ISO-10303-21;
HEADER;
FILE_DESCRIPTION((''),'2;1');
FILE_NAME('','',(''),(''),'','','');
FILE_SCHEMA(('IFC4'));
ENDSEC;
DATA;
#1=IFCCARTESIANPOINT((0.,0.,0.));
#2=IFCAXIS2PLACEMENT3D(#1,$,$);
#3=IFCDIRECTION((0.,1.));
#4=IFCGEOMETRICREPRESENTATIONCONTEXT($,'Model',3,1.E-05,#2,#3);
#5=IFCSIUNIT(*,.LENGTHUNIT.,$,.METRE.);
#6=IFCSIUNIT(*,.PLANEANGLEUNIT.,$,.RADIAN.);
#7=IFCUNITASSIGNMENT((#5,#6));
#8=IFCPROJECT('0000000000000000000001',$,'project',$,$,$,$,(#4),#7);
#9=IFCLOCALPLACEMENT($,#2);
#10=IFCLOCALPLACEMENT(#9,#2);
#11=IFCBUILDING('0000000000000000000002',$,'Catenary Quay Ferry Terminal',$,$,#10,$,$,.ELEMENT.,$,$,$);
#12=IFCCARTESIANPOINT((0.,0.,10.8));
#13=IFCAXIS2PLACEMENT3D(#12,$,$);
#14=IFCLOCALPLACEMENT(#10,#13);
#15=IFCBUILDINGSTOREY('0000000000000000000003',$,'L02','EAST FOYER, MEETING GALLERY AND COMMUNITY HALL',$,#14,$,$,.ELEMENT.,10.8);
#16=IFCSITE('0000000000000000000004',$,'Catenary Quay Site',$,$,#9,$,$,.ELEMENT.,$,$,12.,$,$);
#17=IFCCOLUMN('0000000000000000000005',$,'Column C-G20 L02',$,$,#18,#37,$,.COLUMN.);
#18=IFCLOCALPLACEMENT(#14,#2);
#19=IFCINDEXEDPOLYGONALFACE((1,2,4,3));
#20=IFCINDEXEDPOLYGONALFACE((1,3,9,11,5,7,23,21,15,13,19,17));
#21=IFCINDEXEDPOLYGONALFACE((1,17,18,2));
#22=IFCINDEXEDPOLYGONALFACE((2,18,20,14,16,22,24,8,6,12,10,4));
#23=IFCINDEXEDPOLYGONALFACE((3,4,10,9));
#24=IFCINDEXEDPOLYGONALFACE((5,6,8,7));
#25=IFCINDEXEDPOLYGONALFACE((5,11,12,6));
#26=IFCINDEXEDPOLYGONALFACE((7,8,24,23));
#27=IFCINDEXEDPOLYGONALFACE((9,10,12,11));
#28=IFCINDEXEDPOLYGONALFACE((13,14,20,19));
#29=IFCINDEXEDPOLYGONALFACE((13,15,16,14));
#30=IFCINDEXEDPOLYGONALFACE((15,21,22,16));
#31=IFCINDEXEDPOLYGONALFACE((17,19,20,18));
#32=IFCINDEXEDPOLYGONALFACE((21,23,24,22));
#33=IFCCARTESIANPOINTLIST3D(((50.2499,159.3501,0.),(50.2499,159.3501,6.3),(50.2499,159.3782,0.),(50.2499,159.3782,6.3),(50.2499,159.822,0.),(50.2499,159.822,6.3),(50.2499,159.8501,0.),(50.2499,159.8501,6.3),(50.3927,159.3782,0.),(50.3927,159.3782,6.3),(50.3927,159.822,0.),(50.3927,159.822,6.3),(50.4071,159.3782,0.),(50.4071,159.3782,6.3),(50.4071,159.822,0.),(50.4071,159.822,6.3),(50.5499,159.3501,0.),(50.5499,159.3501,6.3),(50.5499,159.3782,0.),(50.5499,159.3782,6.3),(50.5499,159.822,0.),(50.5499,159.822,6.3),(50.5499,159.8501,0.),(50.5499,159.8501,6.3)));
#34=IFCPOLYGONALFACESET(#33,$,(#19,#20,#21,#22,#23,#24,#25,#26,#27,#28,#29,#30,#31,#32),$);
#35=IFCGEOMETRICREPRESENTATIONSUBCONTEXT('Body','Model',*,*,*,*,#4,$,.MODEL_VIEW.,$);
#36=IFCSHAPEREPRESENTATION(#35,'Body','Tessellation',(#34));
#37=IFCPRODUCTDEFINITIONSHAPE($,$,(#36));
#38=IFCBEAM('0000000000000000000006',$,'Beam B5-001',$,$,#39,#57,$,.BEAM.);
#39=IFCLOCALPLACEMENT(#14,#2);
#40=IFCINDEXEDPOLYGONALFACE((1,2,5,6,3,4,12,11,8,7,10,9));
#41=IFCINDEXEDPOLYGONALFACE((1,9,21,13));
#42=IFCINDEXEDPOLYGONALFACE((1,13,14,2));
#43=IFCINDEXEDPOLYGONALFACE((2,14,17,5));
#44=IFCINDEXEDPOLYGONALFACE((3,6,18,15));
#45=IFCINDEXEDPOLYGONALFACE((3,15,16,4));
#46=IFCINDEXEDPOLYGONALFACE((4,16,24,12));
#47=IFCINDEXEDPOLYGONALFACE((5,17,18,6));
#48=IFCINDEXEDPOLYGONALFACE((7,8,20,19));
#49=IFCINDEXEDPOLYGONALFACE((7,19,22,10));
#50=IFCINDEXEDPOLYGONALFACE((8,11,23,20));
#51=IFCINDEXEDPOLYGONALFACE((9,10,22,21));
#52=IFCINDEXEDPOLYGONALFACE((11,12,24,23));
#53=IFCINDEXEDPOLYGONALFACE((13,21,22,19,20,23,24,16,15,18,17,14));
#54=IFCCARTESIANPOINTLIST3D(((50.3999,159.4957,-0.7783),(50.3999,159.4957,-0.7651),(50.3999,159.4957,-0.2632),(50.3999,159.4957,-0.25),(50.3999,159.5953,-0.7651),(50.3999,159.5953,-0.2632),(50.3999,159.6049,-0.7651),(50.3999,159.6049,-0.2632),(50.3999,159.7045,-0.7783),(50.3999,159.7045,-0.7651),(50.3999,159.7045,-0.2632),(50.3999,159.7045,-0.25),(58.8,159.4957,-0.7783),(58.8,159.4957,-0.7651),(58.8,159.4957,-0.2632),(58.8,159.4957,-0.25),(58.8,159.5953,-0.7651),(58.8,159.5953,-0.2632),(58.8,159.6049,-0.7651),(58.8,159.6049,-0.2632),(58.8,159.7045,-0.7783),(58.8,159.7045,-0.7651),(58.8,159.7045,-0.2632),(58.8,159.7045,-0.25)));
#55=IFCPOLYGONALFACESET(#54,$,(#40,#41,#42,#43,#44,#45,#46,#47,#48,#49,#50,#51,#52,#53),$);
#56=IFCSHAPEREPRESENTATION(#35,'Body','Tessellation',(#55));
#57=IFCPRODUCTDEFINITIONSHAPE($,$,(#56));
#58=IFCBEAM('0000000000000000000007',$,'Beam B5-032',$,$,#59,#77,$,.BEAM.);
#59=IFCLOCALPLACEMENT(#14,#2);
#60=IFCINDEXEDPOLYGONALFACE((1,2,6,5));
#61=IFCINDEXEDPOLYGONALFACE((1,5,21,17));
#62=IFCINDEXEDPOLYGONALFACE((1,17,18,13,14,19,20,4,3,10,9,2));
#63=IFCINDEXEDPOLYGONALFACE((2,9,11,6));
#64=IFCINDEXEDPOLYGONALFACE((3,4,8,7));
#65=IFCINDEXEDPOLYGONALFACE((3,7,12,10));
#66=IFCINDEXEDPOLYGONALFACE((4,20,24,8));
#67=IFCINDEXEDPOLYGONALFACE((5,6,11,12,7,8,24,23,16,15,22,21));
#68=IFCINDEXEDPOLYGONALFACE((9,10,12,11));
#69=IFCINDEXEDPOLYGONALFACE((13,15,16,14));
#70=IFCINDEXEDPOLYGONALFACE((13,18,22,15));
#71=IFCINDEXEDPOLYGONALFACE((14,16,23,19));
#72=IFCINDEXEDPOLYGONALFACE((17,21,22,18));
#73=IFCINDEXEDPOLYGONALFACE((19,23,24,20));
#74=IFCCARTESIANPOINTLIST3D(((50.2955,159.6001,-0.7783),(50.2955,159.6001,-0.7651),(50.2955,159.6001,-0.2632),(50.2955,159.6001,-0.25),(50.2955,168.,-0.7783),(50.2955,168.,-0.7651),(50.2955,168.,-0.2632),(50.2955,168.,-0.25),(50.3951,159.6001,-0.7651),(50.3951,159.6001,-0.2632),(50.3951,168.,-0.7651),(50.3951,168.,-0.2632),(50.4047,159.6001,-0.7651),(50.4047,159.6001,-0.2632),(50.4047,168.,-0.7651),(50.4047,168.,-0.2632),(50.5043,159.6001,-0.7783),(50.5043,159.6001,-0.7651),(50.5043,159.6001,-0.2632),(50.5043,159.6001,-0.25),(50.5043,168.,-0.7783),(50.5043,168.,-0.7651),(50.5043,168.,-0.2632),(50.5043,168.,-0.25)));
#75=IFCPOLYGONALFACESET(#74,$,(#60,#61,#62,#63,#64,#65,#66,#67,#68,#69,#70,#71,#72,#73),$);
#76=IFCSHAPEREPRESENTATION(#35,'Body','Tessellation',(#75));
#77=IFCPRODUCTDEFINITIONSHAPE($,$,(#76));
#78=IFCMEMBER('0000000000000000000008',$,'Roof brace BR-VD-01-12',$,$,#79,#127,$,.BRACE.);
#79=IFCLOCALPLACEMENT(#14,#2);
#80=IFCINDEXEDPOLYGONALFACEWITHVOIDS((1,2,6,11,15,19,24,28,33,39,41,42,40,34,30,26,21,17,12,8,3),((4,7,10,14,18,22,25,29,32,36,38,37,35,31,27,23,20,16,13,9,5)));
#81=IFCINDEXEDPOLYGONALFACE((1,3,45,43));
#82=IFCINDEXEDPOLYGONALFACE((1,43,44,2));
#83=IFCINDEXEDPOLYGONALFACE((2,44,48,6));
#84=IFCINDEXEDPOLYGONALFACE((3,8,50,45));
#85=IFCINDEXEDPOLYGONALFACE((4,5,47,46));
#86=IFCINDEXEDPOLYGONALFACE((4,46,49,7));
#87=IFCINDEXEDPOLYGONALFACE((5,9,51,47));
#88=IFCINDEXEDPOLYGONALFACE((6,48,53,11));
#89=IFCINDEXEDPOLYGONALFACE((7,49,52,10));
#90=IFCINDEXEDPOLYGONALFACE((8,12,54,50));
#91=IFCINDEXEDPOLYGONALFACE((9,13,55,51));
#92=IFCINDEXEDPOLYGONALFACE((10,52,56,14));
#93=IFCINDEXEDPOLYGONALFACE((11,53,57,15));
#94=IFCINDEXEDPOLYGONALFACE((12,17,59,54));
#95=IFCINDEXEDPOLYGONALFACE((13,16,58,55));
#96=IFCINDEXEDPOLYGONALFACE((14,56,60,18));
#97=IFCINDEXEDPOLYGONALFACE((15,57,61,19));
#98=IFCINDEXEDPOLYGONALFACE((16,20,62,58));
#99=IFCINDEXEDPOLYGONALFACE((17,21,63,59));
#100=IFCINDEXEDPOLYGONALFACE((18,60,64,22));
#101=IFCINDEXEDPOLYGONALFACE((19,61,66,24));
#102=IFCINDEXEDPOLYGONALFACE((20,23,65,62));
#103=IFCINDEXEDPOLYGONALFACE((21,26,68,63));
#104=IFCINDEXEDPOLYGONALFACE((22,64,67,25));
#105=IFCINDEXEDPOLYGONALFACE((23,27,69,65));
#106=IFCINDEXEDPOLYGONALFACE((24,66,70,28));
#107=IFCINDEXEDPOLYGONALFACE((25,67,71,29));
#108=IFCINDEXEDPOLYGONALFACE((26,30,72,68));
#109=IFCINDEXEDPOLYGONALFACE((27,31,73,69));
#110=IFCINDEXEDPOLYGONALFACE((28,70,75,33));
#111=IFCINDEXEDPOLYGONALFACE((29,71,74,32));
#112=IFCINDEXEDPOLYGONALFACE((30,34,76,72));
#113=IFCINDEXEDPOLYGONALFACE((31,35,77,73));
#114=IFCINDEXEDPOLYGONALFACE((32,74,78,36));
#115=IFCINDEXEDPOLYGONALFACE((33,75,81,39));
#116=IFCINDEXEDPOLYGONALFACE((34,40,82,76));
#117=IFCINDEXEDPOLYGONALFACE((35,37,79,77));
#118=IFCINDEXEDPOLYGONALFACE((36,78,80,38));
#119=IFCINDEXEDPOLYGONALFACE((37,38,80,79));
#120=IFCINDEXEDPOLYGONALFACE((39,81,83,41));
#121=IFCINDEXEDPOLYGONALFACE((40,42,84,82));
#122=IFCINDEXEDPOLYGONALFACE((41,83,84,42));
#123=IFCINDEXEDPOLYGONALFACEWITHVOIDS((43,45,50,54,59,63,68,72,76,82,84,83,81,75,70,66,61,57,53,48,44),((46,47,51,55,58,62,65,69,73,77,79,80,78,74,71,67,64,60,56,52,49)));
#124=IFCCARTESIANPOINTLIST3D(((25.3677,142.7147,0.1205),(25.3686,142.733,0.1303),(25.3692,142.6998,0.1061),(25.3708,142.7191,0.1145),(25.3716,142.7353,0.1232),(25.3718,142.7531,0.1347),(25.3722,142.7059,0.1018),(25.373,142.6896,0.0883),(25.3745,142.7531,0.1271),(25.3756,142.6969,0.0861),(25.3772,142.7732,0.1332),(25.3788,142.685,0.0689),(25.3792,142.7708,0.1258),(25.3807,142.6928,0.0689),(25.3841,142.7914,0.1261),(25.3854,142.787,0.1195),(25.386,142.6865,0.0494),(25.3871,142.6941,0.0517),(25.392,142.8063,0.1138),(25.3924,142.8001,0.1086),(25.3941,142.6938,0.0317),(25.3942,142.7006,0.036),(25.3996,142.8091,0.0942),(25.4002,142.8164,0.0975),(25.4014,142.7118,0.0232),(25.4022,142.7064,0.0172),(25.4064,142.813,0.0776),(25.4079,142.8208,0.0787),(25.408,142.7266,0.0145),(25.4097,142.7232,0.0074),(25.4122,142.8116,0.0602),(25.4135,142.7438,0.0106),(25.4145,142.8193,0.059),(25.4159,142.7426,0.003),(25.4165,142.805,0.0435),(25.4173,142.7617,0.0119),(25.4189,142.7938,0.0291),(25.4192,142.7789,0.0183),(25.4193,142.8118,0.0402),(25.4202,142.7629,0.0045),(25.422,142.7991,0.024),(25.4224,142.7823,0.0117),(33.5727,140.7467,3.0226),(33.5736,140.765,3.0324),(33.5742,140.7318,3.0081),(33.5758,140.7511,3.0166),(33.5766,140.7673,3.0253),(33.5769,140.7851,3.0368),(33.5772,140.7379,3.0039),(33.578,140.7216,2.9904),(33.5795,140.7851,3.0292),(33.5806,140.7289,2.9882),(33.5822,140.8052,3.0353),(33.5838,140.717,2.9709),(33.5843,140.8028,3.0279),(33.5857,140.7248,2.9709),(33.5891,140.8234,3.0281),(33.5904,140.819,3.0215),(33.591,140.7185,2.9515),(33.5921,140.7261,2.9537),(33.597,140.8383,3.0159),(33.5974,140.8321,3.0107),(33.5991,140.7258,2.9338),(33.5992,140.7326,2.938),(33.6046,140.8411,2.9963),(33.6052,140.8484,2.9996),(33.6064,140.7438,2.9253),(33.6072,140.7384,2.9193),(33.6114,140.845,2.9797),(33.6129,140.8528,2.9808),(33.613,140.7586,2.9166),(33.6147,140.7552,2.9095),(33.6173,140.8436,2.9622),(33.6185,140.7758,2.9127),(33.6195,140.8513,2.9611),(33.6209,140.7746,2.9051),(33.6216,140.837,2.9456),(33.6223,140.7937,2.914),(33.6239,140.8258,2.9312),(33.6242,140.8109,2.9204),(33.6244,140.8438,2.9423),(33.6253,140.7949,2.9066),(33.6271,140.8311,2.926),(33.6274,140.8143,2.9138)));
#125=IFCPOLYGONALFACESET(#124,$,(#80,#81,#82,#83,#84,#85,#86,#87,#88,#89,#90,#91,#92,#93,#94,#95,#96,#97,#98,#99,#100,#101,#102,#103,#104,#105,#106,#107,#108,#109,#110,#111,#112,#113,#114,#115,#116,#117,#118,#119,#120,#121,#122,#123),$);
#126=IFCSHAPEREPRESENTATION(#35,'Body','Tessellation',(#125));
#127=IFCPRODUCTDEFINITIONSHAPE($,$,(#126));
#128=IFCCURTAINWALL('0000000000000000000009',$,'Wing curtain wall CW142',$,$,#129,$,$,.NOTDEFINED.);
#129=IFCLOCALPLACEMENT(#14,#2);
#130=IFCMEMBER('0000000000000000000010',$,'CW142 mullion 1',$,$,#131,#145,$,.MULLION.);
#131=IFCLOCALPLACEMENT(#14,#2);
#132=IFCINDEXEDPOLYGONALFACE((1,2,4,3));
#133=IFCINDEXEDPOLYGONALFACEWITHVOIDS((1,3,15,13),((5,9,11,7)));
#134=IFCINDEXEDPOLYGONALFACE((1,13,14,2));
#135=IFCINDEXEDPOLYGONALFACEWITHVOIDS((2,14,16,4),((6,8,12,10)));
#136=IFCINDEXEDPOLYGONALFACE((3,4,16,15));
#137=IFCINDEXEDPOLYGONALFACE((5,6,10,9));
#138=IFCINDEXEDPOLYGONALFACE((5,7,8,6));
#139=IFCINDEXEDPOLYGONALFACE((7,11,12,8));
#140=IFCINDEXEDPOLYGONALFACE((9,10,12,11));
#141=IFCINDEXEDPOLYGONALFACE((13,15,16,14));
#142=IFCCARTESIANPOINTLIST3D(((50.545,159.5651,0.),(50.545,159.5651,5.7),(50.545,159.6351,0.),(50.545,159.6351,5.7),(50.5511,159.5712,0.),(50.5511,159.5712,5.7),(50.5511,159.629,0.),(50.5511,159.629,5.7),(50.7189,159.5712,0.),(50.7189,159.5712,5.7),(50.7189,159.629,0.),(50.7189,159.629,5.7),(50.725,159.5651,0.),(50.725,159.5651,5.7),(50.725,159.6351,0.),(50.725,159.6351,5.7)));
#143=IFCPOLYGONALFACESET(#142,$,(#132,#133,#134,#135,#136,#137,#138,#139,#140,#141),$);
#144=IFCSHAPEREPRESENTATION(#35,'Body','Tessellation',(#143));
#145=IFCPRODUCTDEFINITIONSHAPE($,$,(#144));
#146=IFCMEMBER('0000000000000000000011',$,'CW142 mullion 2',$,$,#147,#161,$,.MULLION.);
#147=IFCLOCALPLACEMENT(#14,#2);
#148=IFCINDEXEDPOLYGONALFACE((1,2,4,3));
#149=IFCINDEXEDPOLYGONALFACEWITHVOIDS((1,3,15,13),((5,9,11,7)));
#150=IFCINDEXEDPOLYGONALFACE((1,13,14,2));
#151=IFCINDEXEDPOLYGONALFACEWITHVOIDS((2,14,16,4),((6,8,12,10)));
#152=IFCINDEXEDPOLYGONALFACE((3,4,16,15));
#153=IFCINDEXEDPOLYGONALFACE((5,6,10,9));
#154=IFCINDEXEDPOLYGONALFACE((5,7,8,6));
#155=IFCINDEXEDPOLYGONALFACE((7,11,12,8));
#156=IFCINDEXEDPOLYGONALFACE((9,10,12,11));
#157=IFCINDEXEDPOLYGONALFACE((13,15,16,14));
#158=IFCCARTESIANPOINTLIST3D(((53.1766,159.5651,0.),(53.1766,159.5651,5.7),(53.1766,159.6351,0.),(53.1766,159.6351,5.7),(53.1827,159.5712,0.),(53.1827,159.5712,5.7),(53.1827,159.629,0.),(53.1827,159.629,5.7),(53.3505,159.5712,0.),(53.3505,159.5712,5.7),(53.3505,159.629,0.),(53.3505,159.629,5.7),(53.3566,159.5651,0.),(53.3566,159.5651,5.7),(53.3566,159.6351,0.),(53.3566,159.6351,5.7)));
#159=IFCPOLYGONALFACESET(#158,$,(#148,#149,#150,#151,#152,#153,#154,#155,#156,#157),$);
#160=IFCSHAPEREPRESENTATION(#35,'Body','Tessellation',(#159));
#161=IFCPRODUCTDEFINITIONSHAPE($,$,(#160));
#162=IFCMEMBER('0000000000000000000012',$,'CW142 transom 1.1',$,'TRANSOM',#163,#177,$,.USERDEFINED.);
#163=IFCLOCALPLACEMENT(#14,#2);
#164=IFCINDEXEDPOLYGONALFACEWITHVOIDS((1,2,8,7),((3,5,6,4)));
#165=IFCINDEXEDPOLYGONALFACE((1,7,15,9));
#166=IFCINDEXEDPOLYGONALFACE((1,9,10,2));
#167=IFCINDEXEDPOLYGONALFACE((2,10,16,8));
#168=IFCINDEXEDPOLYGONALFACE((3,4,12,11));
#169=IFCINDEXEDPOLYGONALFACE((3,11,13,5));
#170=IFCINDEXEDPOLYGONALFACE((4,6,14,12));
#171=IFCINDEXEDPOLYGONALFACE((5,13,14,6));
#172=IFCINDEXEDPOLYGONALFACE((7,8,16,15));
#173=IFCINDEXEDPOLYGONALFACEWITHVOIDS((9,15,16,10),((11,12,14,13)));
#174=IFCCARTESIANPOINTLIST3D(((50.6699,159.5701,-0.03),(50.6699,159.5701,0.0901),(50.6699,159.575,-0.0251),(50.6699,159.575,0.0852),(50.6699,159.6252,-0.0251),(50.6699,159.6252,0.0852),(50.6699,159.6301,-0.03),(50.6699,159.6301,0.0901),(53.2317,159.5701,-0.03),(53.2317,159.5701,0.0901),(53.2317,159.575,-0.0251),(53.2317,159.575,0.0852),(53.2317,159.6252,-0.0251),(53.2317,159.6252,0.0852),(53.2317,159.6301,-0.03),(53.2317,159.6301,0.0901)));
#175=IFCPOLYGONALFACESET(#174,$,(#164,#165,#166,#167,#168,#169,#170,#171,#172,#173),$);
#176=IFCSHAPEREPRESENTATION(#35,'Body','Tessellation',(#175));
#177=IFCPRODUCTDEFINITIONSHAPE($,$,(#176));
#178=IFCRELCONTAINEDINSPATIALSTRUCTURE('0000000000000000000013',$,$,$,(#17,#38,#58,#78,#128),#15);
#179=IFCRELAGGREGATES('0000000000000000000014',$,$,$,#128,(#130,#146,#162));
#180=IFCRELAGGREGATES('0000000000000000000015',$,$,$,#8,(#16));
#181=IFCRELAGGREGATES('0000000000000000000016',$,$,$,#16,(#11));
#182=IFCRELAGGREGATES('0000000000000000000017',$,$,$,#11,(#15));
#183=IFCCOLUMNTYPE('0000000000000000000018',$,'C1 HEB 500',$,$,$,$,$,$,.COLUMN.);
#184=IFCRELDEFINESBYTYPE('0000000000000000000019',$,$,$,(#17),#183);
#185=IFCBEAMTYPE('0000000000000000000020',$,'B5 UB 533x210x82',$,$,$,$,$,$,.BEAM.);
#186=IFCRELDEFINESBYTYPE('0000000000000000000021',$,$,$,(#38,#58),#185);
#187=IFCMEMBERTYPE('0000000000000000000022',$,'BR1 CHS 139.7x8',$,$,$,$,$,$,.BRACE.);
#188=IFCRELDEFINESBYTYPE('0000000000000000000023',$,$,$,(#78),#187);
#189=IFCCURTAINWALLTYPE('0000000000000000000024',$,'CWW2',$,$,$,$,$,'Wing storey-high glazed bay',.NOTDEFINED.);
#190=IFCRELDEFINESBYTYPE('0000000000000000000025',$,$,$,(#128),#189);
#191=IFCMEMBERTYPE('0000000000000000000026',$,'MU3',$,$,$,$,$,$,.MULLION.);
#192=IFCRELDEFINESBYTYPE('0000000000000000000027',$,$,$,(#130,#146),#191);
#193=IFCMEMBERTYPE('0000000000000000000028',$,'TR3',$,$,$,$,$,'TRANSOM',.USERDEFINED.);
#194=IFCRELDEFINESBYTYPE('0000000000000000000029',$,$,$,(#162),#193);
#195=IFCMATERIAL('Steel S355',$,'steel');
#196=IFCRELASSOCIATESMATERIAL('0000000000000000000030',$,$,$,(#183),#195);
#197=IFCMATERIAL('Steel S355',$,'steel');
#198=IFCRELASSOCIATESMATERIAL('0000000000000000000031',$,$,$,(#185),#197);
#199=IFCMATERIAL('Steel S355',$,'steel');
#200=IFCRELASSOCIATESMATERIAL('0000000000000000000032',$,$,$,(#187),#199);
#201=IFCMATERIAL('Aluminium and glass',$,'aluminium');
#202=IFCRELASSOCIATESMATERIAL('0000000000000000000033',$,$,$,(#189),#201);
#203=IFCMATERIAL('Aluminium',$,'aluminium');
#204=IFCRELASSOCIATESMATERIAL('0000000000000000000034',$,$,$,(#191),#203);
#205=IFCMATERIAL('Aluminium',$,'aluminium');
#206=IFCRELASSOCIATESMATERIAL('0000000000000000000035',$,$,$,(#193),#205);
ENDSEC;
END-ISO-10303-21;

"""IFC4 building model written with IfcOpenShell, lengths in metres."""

from ifc_helpers import new_model, si_unit, direction, frame, origin, origin_2d, place, context, subcontext, project, spatial, hollow_rectangle, hollow_circle, i_section, extrude, material, material_profile, profile_set, type_object, element, aggregate, save


model = new_model("IFC4")

# Units and contexts
model_context = context("Model", 3, precision=1e-05, world=origin(), true_north=direction((0.0, 1.0)))
body_context = subcontext(model_context, "Body", "Model", "MODEL_VIEW")
ifc_project = project(units=[si_unit("LENGTHUNIT", "METRE"), si_unit("PLANEANGLEUNIT", "RADIAN")], contexts=[model_context])

# Site, building, storey
site_placement = place(None, origin())
site = spatial("IfcSite", under=ifc_project, at=site_placement, Name="Catenary Quay Site", CompositionType="ELEMENT", RefElevation=12.0)
building_placement = place(site_placement, origin())
building = spatial("IfcBuilding", under=site, at=building_placement, Name="Catenary Quay Ferry Terminal", CompositionType="ELEMENT")
storey_placement = place(building_placement, frame((0.0, 0.0, 10.8)))
storey = spatial("IfcBuildingStorey", under=building, at=storey_placement, Name="L02", Description="EAST FOYER, MEETING GALLERY AND COMMUNITY HALL", CompositionType="ELEMENT", Elevation=10.8)

# Column
ifc_material_1 = material(Name="Steel S355", Category="steel")
ifc_material_profile_1 = material_profile(ifc_material_1, i_section(OverallWidth=0.3, OverallDepth=0.5, WebThickness=0.0144, FlangeThickness=0.0281, at=origin_2d()), Name="HEB 500")
ifc_profile_set_1 = profile_set([ifc_material_profile_1], Name="Steel S355")
column_type = type_object("IfcColumnType", Name="C1 HEB 500", PredefinedType="COLUMN", material=ifc_profile_set_1)
column_placement = place(storey_placement, frame((50.3999, 159.6001, 0.0), z_axis=(0.0, 0.0, 1.0), x_axis=(1.0, 0.0, 0.0)))
element("IfcColumn", 1, at=column_placement, inside=storey, type_object=column_type, Name="Column C-G20 L02", PredefinedType="COLUMN", context=body_context, shape_type="SweptSolid", body=[
    extrude(i_section(OverallWidth=0.3, OverallDepth=0.5, WebThickness=0.0144, FlangeThickness=0.0281, at=origin_2d()), origin(), (0.0, 0.0, 1.0), 6.3),
])

# Beams
ifc_material_2 = material(Name="Steel S355", Category="steel")
ifc_material_profile_2 = material_profile(ifc_material_2, i_section(OverallWidth=0.2087, OverallDepth=0.5283, WebThickness=0.0095, FlangeThickness=0.0132, at=origin_2d()), Name="UB 533x210x82")
ifc_profile_set_2 = profile_set([ifc_material_profile_2], Name="Steel S355")
beam_type = type_object("IfcBeamType", Name="B5 UB 533x210x82", PredefinedType="BEAM", material=ifc_profile_set_2)
beam_1_placement = place(storey_placement, frame((50.3999, 159.6001, -0.5142), z_axis=(1.0, 0.0, 0.0), x_axis=(0.0, 1.0, 0.0)))
element("IfcBeam", 2, at=beam_1_placement, inside=storey, type_object=beam_type, Name="Beam B5-001", PredefinedType="BEAM", context=body_context, shape_type="SweptSolid", body=[
    extrude(i_section(OverallWidth=0.2087, OverallDepth=0.5283, WebThickness=0.0095, FlangeThickness=0.0132, at=origin_2d()), origin(), (0.0, 0.0, 1.0), 8.4001),
])
beam_2_placement = place(storey_placement, frame((50.3999, 159.6001, -0.5142), z_axis=(0.0, 1.0, 0.0), x_axis=(-1.0, 0.0, 0.0)))
element("IfcBeam", 3, at=beam_2_placement, inside=storey, type_object=beam_type, Name="Beam B5-032", PredefinedType="BEAM", context=body_context, shape_type="SweptSolid", body=[
    extrude(i_section(OverallWidth=0.2087, OverallDepth=0.5283, WebThickness=0.0095, FlangeThickness=0.0132, at=origin_2d()), origin(), (0.0, 0.0, 1.0), 8.3999),
])

# Member
ifc_material_3 = material(Name="Steel S355", Category="steel")
ifc_material_profile_3 = material_profile(ifc_material_3, hollow_circle(Radius=0.0698, WallThickness=0.0081, at=origin_2d()), Name="CHS 139.7x8")
ifc_profile_set_3 = profile_set([ifc_material_profile_3], Name="Steel S355")
member_type_1 = type_object("IfcMemberType", Name="BR1 CHS 139.7x8", PredefinedType="BRACE", material=ifc_profile_set_3)
member_1_placement = place(storey_placement, frame((33.6001, 140.7849, 2.9709), z_axis=(-0.91955, 0.220557, -0.325241), x_axis=(-0.233238, -0.97242, 0.0)))
element("IfcMember", 4, at=member_1_placement, inside=storey, type_object=member_type_1, Name="Roof brace BR-VD-01-12", PredefinedType="BRACE", context=body_context, shape_type="SweptSolid", body=[
    extrude(hollow_circle(Radius=0.0698, WallThickness=0.0081, at=origin_2d()), origin(), (0.0, 0.0, 1.0), 8.9229),
])

# Curtain wall, members
ifc_material_4 = material(Name="Aluminium and glass", Category="aluminium")
curtain_wall_type = type_object("IfcCurtainWallType", Name="CWW2", ElementType="Wing storey-high glazed bay", PredefinedType="NOTDEFINED", material=ifc_material_4)
curtain_wall_placement = place(storey_placement, origin())
curtain_wall = element("IfcCurtainWall", 5, at=curtain_wall_placement, inside=storey, type_object=curtain_wall_type, Name="Wing curtain wall CW142", PredefinedType="NOTDEFINED")
ifc_material_5 = material(Name="Aluminium", Category="aluminium")
ifc_material_profile_4 = material_profile(ifc_material_5, hollow_rectangle(XDim=0.0701, YDim=0.1799, WallThickness=0.0061, at=origin_2d()), Name="MU3")
ifc_profile_set_4 = profile_set([ifc_material_profile_4], Name="Aluminium")
member_type_2 = type_object("IfcMemberType", Name="MU3", PredefinedType="MULLION", material=ifc_profile_set_4)
member_2_placement = place(storey_placement, frame((50.635, 159.6001, 0.0), z_axis=(0.0, 0.0, 1.0), x_axis=(0.0, 1.0, 0.0)))
member_2 = element("IfcMember", 6, at=member_2_placement, type_object=member_type_2, Name="CW142 mullion 1", PredefinedType="MULLION", context=body_context, shape_type="SweptSolid", body=[
    extrude(hollow_rectangle(XDim=0.0701, YDim=0.1799, WallThickness=0.0061, at=origin_2d()), origin(), (0.0, 0.0, 1.0), 5.7),
])
member_3_placement = place(storey_placement, frame((53.2666, 159.6001, 0.0), z_axis=(0.0, 0.0, 1.0), x_axis=(0.0, 1.0, 0.0)))
member_3 = element("IfcMember", 7, at=member_3_placement, type_object=member_type_2, Name="CW142 mullion 2", PredefinedType="MULLION", context=body_context, shape_type="SweptSolid", body=[
    extrude(hollow_rectangle(XDim=0.0701, YDim=0.1799, WallThickness=0.0061, at=origin_2d()), origin(), (0.0, 0.0, 1.0), 5.7),
])
ifc_material_6 = material(Name="Aluminium", Category="aluminium")
ifc_material_profile_5 = material_profile(ifc_material_6, hollow_rectangle(XDim=0.0601, YDim=0.1201, WallThickness=0.0049, at=origin_2d()), Name="TR3")
ifc_profile_set_5 = profile_set([ifc_material_profile_5], Name="Aluminium")
member_type_3 = type_object("IfcMemberType", Name="TR3", ElementType="TRANSOM", PredefinedType="USERDEFINED", material=ifc_profile_set_5)
member_4_placement = place(storey_placement, frame((50.6699, 159.6001, 0.03), z_axis=(1.0, 0.0, 0.0), x_axis=(0.0, 1.0, 0.0)))
member_4 = element("IfcMember", 8, at=member_4_placement, type_object=member_type_3, Name="CW142 transom 1.1", ObjectType="TRANSOM", PredefinedType="USERDEFINED", context=body_context, shape_type="SweptSolid", body=[
    extrude(hollow_rectangle(XDim=0.0601, YDim=0.1201, WallThickness=0.0049, at=origin_2d()), origin(), (0.0, 0.0, 1.0), 2.5618),
])

aggregate(curtain_wall, [member_2, member_3, member_4])

save(model, "model.ifc")
